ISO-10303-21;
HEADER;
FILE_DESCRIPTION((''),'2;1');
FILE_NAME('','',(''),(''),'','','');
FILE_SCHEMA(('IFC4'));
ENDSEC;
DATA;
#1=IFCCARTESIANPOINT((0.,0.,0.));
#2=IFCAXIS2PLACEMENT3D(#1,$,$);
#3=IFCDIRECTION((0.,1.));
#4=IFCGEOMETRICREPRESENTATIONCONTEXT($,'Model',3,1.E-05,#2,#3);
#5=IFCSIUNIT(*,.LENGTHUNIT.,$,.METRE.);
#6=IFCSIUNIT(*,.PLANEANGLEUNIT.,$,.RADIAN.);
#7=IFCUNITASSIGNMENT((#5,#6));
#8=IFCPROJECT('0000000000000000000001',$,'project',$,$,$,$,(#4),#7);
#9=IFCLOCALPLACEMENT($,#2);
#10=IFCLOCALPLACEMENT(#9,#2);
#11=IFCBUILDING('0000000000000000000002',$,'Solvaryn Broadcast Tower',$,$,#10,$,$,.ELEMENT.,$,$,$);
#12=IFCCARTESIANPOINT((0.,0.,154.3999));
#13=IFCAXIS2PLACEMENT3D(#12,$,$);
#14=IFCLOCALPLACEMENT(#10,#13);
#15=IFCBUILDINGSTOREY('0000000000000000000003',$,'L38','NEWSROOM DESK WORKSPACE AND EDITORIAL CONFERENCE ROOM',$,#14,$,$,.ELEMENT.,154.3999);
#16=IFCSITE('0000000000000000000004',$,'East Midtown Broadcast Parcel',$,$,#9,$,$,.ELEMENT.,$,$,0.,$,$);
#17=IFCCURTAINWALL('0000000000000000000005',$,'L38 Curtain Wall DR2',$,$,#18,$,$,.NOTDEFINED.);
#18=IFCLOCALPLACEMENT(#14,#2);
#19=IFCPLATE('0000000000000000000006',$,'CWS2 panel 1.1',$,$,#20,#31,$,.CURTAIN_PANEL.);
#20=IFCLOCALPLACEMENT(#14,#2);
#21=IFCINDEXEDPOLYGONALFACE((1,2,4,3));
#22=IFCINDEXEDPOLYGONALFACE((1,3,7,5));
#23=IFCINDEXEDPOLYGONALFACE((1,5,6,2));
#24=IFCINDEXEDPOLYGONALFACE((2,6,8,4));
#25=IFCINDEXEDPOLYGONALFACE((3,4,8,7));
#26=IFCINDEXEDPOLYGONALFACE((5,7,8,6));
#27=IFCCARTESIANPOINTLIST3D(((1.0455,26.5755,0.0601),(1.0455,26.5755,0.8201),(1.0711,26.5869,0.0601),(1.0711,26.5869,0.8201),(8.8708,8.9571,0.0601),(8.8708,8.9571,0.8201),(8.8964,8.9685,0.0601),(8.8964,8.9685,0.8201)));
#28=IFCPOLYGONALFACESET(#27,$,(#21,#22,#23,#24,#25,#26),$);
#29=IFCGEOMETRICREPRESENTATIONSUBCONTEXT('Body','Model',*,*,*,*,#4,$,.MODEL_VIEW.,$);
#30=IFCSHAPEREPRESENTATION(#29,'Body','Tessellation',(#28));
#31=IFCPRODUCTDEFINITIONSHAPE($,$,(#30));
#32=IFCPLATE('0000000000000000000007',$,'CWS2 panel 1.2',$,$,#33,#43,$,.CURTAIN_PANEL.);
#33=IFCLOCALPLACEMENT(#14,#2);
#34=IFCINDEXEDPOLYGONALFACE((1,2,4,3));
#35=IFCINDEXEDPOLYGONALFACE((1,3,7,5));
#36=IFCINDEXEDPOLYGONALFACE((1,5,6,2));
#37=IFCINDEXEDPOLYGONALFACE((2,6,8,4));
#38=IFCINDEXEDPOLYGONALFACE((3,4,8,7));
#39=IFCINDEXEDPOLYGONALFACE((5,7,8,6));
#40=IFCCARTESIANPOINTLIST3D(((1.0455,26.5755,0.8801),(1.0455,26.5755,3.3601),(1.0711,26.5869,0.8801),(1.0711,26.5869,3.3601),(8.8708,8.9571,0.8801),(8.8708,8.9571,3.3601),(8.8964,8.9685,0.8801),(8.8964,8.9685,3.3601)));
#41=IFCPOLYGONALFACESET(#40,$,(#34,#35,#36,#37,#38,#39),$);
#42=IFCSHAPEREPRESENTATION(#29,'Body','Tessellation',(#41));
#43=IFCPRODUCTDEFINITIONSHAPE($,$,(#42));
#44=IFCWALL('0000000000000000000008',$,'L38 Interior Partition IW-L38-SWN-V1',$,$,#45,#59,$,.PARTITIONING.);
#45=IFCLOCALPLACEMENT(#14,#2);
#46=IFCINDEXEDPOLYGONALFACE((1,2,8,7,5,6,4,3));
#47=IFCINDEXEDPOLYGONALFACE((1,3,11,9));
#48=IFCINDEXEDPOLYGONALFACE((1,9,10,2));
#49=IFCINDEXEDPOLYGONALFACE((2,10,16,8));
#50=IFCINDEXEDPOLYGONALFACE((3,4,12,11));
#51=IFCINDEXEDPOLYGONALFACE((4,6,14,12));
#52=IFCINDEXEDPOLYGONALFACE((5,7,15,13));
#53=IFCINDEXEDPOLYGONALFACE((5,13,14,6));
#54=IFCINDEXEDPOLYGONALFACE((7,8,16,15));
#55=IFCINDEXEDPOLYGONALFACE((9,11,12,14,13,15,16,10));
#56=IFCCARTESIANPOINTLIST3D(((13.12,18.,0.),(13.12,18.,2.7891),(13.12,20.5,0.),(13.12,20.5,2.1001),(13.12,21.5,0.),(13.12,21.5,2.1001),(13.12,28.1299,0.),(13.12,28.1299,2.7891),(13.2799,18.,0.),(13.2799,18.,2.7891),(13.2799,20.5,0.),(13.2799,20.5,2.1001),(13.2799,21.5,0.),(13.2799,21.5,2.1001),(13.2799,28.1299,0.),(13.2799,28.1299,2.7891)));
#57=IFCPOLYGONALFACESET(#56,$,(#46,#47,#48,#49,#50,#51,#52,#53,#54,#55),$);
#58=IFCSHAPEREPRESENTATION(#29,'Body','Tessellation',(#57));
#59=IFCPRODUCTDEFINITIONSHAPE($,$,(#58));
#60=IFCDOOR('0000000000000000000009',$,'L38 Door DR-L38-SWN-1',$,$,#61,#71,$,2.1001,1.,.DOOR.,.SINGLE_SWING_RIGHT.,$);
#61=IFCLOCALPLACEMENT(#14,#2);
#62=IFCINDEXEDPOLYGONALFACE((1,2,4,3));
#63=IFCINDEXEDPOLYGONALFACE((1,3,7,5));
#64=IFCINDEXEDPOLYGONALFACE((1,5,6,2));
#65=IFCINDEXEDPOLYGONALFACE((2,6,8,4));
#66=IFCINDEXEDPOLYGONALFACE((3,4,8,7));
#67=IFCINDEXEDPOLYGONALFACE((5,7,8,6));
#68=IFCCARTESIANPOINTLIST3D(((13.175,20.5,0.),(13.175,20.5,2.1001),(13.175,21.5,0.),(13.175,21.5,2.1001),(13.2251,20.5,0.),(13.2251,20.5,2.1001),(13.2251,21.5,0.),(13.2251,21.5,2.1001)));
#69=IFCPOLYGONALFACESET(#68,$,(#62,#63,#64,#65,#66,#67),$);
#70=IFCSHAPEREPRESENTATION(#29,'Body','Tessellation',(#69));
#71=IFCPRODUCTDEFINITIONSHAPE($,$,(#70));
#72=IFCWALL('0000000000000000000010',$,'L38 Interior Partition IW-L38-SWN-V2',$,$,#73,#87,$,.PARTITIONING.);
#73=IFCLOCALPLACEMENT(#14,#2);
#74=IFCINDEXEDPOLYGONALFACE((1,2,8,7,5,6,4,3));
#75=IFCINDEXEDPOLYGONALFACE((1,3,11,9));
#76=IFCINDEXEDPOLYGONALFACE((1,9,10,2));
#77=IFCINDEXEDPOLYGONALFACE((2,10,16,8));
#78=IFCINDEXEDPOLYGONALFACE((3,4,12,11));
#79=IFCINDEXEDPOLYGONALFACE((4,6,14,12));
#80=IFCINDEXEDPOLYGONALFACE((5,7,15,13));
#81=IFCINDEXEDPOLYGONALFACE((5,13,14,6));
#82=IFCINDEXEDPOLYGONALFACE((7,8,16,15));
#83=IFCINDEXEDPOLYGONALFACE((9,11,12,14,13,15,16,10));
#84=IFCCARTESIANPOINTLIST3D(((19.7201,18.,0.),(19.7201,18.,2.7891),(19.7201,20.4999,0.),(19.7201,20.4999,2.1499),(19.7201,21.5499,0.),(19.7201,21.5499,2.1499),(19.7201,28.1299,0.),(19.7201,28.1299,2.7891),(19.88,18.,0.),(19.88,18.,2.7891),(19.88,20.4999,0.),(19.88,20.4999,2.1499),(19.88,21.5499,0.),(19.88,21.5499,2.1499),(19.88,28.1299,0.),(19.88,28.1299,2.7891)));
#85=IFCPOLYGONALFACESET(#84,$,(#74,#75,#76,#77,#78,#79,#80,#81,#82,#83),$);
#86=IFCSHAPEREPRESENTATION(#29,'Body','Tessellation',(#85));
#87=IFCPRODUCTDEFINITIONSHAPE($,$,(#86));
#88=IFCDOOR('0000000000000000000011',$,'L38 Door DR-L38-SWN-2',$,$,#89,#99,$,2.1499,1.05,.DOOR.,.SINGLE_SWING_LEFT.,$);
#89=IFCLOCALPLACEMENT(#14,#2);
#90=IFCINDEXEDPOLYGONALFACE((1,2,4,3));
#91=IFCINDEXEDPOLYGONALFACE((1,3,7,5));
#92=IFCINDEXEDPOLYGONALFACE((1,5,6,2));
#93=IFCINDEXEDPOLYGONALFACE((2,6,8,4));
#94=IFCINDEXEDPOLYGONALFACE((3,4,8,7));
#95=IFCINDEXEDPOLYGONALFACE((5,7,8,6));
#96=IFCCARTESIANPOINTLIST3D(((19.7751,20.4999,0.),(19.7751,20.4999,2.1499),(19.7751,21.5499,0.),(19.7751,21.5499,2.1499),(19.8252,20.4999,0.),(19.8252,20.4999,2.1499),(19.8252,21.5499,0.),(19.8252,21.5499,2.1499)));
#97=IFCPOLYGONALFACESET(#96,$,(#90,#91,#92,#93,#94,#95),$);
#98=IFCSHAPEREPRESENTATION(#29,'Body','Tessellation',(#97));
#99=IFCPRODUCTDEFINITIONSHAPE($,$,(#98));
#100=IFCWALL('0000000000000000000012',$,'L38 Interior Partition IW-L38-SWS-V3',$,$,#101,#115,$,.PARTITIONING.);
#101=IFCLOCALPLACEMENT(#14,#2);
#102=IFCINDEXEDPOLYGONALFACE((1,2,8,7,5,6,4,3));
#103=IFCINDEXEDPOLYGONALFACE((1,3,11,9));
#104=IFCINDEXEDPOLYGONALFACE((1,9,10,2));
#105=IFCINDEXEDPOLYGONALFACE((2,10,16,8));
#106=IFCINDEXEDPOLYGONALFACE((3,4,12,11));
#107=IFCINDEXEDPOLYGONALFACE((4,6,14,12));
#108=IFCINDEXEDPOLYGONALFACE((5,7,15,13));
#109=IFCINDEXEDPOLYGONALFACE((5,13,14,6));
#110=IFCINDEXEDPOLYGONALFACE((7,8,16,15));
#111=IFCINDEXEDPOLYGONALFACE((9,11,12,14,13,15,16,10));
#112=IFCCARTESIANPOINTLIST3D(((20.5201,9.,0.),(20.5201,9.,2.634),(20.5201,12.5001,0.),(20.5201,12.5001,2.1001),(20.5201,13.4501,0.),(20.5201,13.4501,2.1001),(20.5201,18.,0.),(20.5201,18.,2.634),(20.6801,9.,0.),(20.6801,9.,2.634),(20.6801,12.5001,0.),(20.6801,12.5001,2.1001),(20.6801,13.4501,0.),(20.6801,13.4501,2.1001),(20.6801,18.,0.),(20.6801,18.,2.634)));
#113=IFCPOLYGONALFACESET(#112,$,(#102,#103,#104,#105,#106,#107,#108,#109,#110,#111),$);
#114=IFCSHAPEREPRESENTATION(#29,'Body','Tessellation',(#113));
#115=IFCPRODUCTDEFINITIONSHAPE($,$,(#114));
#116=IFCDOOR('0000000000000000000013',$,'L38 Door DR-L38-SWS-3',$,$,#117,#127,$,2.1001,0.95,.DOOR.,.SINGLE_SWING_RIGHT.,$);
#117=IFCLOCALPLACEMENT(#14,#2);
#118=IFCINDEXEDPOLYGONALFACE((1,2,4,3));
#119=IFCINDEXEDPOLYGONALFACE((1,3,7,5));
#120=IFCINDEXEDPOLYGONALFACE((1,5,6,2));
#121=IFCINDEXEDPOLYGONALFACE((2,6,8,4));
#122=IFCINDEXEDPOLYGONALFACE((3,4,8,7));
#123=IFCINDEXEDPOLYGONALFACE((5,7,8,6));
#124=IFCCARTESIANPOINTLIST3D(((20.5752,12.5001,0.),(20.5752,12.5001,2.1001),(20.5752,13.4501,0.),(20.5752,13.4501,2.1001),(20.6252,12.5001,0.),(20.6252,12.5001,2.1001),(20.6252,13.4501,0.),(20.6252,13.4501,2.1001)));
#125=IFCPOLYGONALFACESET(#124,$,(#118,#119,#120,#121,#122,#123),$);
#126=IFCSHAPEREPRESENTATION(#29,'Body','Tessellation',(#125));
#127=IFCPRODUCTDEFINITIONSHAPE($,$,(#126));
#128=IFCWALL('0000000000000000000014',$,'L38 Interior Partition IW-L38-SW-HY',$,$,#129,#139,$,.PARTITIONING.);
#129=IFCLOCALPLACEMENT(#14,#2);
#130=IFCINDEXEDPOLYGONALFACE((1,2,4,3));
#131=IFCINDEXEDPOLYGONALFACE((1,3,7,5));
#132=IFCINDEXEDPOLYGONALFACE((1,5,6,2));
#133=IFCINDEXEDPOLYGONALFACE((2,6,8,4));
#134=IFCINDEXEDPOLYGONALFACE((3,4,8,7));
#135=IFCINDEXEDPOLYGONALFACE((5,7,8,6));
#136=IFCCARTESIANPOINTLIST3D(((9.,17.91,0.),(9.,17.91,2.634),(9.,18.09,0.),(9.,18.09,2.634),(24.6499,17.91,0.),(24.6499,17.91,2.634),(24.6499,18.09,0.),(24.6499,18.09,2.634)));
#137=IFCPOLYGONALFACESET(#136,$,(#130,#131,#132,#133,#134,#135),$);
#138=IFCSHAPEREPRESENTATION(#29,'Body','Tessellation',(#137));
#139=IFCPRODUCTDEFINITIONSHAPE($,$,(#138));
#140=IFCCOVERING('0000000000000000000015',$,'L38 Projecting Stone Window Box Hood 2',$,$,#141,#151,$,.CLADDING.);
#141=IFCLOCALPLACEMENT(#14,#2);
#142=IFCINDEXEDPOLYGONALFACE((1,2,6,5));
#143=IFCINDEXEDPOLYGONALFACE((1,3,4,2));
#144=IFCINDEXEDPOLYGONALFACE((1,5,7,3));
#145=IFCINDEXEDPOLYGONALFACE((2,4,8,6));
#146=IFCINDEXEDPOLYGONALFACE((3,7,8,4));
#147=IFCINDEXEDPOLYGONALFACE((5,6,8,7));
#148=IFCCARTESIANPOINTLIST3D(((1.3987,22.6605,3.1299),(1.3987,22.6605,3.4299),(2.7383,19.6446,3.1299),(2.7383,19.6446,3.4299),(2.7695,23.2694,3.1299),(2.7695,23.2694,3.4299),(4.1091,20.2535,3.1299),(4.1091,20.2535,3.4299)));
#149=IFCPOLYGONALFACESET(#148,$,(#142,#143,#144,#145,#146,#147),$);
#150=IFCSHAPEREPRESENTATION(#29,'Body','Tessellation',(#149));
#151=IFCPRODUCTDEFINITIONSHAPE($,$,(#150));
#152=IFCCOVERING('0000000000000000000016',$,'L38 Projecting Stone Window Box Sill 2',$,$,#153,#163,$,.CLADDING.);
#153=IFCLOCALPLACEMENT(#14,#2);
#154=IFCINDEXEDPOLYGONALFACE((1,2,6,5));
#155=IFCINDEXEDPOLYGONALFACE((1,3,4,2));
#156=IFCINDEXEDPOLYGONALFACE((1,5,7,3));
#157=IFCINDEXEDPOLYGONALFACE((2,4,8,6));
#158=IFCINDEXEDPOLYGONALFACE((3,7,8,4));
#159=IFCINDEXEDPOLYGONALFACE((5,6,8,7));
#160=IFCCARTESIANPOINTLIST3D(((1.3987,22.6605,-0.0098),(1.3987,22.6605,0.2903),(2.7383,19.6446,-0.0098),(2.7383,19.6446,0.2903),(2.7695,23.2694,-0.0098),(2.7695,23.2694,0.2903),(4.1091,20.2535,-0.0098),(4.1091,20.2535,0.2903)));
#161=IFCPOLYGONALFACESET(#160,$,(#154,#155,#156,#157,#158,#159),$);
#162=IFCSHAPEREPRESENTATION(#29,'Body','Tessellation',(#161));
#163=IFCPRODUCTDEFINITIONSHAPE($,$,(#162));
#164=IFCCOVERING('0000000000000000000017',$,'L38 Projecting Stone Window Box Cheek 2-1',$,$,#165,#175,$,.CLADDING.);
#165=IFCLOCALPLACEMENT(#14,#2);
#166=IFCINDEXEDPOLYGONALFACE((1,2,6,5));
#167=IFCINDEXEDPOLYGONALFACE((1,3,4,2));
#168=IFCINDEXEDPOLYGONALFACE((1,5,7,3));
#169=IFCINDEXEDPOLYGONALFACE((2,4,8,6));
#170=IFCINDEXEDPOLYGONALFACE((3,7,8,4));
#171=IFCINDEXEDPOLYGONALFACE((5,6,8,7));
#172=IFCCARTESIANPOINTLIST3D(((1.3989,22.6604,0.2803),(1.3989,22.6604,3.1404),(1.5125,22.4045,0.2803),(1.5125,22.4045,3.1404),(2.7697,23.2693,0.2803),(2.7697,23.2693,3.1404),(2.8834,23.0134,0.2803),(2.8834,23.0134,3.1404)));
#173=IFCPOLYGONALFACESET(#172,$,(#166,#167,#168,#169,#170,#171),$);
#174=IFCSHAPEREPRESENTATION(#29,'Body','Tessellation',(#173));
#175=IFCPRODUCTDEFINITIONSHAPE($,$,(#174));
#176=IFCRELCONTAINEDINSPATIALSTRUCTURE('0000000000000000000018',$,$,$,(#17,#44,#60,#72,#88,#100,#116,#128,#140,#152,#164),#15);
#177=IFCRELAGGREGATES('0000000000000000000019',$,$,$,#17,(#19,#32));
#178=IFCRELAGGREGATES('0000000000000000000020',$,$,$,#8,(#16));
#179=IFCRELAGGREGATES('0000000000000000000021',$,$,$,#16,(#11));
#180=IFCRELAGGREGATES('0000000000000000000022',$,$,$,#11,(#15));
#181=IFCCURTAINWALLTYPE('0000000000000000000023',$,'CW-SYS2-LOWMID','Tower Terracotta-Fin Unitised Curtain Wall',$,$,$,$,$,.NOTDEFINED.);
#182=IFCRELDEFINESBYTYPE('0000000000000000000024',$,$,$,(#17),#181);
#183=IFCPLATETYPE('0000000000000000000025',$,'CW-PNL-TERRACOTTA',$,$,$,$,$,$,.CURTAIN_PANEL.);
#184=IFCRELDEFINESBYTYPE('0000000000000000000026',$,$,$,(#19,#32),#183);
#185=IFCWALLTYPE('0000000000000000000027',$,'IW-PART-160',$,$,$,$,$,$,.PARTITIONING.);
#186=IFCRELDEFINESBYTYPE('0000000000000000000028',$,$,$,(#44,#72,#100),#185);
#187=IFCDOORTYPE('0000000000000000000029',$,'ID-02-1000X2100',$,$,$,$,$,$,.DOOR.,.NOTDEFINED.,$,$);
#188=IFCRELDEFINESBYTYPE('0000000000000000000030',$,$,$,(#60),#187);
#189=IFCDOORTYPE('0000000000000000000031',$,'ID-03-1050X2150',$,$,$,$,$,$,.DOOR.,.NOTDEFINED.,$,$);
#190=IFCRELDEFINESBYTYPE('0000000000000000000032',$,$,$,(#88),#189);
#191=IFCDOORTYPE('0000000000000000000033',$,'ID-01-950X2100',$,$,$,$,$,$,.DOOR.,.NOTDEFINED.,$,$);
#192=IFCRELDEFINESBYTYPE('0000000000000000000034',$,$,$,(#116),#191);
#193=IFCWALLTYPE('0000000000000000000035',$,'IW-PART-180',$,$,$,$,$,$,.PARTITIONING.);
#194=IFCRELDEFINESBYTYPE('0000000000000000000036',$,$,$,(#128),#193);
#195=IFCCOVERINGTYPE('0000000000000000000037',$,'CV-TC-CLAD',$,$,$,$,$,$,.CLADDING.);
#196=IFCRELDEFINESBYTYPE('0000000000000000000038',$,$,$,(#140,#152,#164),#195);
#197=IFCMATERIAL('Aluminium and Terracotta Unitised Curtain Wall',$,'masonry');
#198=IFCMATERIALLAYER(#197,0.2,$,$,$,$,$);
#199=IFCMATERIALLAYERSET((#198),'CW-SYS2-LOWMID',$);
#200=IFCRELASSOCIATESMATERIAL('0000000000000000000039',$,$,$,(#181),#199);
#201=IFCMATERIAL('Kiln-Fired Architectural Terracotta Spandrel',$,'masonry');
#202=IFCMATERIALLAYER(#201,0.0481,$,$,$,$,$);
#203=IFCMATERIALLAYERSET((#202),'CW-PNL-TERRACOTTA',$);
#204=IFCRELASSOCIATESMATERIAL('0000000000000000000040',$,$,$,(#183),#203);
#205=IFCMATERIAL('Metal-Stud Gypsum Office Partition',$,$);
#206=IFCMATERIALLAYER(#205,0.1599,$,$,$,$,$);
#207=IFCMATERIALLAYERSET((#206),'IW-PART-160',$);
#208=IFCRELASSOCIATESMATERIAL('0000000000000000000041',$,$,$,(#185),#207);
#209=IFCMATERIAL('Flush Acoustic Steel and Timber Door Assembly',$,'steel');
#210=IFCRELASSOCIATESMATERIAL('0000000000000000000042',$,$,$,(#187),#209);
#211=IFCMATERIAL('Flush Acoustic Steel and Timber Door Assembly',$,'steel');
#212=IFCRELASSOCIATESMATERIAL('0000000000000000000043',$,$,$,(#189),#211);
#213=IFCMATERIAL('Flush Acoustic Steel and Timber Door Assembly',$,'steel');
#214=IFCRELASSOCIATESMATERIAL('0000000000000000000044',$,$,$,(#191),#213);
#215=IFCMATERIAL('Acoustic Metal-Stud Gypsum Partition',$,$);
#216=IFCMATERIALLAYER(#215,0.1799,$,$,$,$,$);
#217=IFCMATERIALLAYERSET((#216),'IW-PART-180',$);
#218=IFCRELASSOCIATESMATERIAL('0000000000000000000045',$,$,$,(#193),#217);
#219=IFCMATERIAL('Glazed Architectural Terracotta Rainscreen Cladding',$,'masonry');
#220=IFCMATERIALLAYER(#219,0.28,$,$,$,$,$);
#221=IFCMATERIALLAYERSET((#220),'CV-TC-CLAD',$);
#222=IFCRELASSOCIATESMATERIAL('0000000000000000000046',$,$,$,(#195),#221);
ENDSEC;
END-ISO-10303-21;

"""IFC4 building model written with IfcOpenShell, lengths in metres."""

from ifc_helpers import new_model, si_unit, direction, frame, frame_2d, origin, origin_2d, place, context, subcontext, project, spatial, rectangle, extrude, material, layer, layer_set, type_object, element, fill, aggregate, save


model = new_model("IFC4")

# Units and contexts
model_context = context("Model", 3, precision=1e-05, world=origin(), true_north=direction((0.0, 1.0)))
body_context = subcontext(model_context, "Body", "Model", "MODEL_VIEW")
ifc_project = project(units=[si_unit("LENGTHUNIT", "METRE"), si_unit("PLANEANGLEUNIT", "RADIAN")], contexts=[model_context])

# Site, building, storey
site_placement = place(None, origin())
site = spatial("IfcSite", under=ifc_project, at=site_placement, Name="East Midtown Broadcast Parcel", CompositionType="ELEMENT", RefElevation=0.0)
building_placement = place(site_placement, origin())
building = spatial("IfcBuilding", under=site, at=building_placement, Name="Solvaryn Broadcast Tower", CompositionType="ELEMENT")
storey_placement = place(building_placement, frame((0.0, 0.0, 154.3999)))
storey = spatial("IfcBuildingStorey", under=building, at=storey_placement, Name="L38", Description="NEWSROOM DESK WORKSPACE AND EDITORIAL CONFERENCE ROOM", CompositionType="ELEMENT", Elevation=154.3999)

# Curtain wall, plates
ifc_material_1 = material(Name="Aluminium and Terracotta Unitised Curtain Wall", Category="masonry")
ifc_layer_1 = layer(ifc_material_1, 0.2)
ifc_layer_set_1 = layer_set([ifc_layer_1], Name="CW-SYS2-LOWMID")
curtain_wall_type = type_object("IfcCurtainWallType", Name="CW-SYS2-LOWMID", Description="Tower Terracotta-Fin Unitised Curtain Wall", PredefinedType="NOTDEFINED", material=ifc_layer_set_1)
curtain_wall_placement = place(storey_placement, origin())
curtain_wall = element("IfcCurtainWall", 1, at=curtain_wall_placement, inside=storey, type_object=curtain_wall_type, Name="L38 Curtain Wall DR2", PredefinedType="NOTDEFINED")
ifc_material_2 = material(Name="Kiln-Fired Architectural Terracotta Spandrel", Category="masonry")
ifc_layer_2 = layer(ifc_material_2, 0.0481)
ifc_layer_set_2 = layer_set([ifc_layer_2], Name="CW-PNL-TERRACOTTA")
plate_type = type_object("IfcPlateType", Name="CW-PNL-TERRACOTTA", PredefinedType="CURTAIN_PANEL", material=ifc_layer_set_2)
plate_1_placement = place(storey_placement, frame((4.9709, 17.772, 0.0601), z_axis=(0.0, 0.0, 1.0), x_axis=(0.405918, -0.913909, 0.0)))
plate_1 = element("IfcPlate", 2, at=plate_1_placement, type_object=plate_type, Name="CWS2 panel 1.1", PredefinedType="CURTAIN_PANEL", context=body_context, shape_type="SweptSolid", body=[
    extrude(rectangle(XDim=19.2781, YDim=0.0281, at=origin_2d()), origin(), (0.0, 0.0, 1.0), 0.76),
])
plate_2_placement = place(storey_placement, frame((4.9709, 17.772, 0.8801), z_axis=(0.0, 0.0, 1.0), x_axis=(0.405918, -0.913909, 0.0)))
plate_2 = element("IfcPlate", 3, at=plate_2_placement, type_object=plate_type, Name="CWS2 panel 1.2", PredefinedType="CURTAIN_PANEL", context=body_context, shape_type="SweptSolid", body=[
    extrude(rectangle(XDim=19.2781, YDim=0.0281, at=origin_2d()), origin(), (0.0, 0.0, 1.0), 2.48),
])
aggregate(curtain_wall, [plate_1, plate_2])

# Walls, openings, doors
ifc_material_3 = material(Name="Metal-Stud Gypsum Office Partition")
ifc_layer_3 = layer(ifc_material_3, 0.1599)
ifc_layer_set_3 = layer_set([ifc_layer_3], Name="IW-PART-160")
wall_type_1 = type_object("IfcWallType", Name="IW-PART-160", PredefinedType="PARTITIONING", material=ifc_layer_set_3)
wall_1_placement = place(storey_placement, frame((13.2, 18.0, 0.0), z_axis=(0.0, 0.0, 1.0), x_axis=(0.0, 1.0, 0.0)))
wall_1 = element("IfcWall", 4, at=wall_1_placement, inside=storey, type_object=wall_type_1, Name="L38 Interior Partition IW-L38-SWN-V1", PredefinedType="PARTITIONING", context=body_context, shape_type="SweptSolid", body=[
    extrude(rectangle(XDim=10.1299, YDim=0.1599, at=frame_2d((5.0649, 0.0))), origin(), (0.0, 0.0, 1.0), 2.7891),
])
opening_1_placement = place(wall_1_placement, frame((2.5, 0.0, 0.0)))
opening_1 = element("IfcOpeningElement", 5, at=opening_1_placement, cuts=wall_1, PredefinedType="OPENING", context=body_context, shape_type="SweptSolid", body=[
    extrude(rectangle(XDim=1.0, YDim=2.1001, at=frame_2d((0.5, 1.05))), frame((0.0, 0.0901, 0.0), z_axis=(0.0, -1.0, 0.0), x_axis=(1.0, 0.0, 0.0)), (0.0, 0.0, 1.0), 0.1799),
])
ifc_material_4 = material(Name="Flush Acoustic Steel and Timber Door Assembly", Category="steel")
door_type_1 = type_object("IfcDoorType", Name="ID-02-1000X2100", OperationType="NOTDEFINED", PredefinedType="DOOR", material=ifc_material_4)
door_1_placement = place(opening_1_placement, origin())
door_1 = element("IfcDoor", 6, at=door_1_placement, inside=storey, type_object=door_type_1, Name="L38 Door DR-L38-SWN-1", OperationType="SINGLE_SWING_RIGHT", OverallHeight=2.1001, OverallWidth=1.0, PredefinedType="DOOR", context=body_context, shape_type="SweptSolid", body=[
    extrude(rectangle(XDim=1.0, YDim=2.1001, at=frame_2d((0.5, 1.05))), frame((0.0, 0.0249, 0.0), z_axis=(0.0, -1.0, 0.0), x_axis=(1.0, 0.0, 0.0)), (0.0, 0.0, 1.0), 0.05),
])
fill(opening_1, door_1)
wall_2_placement = place(storey_placement, frame((19.8, 18.0, 0.0), z_axis=(0.0, 0.0, 1.0), x_axis=(0.0, 1.0, 0.0)))
wall_2 = element("IfcWall", 7, at=wall_2_placement, inside=storey, type_object=wall_type_1, Name="L38 Interior Partition IW-L38-SWN-V2", PredefinedType="PARTITIONING", context=body_context, shape_type="SweptSolid", body=[
    extrude(rectangle(XDim=10.1299, YDim=0.1599, at=frame_2d((5.0649, 0.0))), origin(), (0.0, 0.0, 1.0), 2.7891),
])
opening_2_placement = place(wall_2_placement, frame((2.5, 0.0, 0.0)))
opening_2 = element("IfcOpeningElement", 8, at=opening_2_placement, cuts=wall_2, PredefinedType="OPENING", context=body_context, shape_type="SweptSolid", body=[
    extrude(rectangle(XDim=1.05, YDim=2.1499, at=frame_2d((0.5249, 1.075))), frame((0.0, 0.0901, 0.0), z_axis=(0.0, -1.0, 0.0), x_axis=(1.0, 0.0, 0.0)), (0.0, 0.0, 1.0), 0.1799),
])
ifc_material_5 = material(Name="Flush Acoustic Steel and Timber Door Assembly", Category="steel")
door_type_2 = type_object("IfcDoorType", Name="ID-03-1050X2150", OperationType="NOTDEFINED", PredefinedType="DOOR", material=ifc_material_5)
door_2_placement = place(opening_2_placement, origin())
door_2 = element("IfcDoor", 9, at=door_2_placement, inside=storey, type_object=door_type_2, Name="L38 Door DR-L38-SWN-2", OperationType="SINGLE_SWING_LEFT", OverallHeight=2.1499, OverallWidth=1.05, PredefinedType="DOOR", context=body_context, shape_type="SweptSolid", body=[
    extrude(rectangle(XDim=1.05, YDim=2.1499, at=frame_2d((0.5249, 1.075))), frame((0.0, 0.0249, 0.0), z_axis=(0.0, -1.0, 0.0), x_axis=(1.0, 0.0, 0.0)), (0.0, 0.0, 1.0), 0.05),
])
fill(opening_2, door_2)
wall_3_placement = place(storey_placement, frame((20.6001, 9.0, 0.0), z_axis=(0.0, 0.0, 1.0), x_axis=(0.0, 1.0, 0.0)))
wall_3 = element("IfcWall", 10, at=wall_3_placement, inside=storey, type_object=wall_type_1, Name="L38 Interior Partition IW-L38-SWS-V3", PredefinedType="PARTITIONING", context=body_context, shape_type="SweptSolid", body=[
    extrude(rectangle(XDim=9.0, YDim=0.1599, at=frame_2d((4.5, 0.0))), origin(), (0.0, 0.0, 1.0), 2.634),
])
opening_3_placement = place(wall_3_placement, frame((3.5, 0.0, 0.0)))
opening_3 = element("IfcOpeningElement", 11, at=opening_3_placement, cuts=wall_3, PredefinedType="OPENING", context=body_context, shape_type="SweptSolid", body=[
    extrude(rectangle(XDim=0.95, YDim=2.1001, at=frame_2d((0.4751, 1.05))), frame((0.0, 0.0901, 0.0), z_axis=(0.0, -1.0, 0.0), x_axis=(1.0, 0.0, 0.0)), (0.0, 0.0, 1.0), 0.1799),
])
ifc_material_6 = material(Name="Flush Acoustic Steel and Timber Door Assembly", Category="steel")
door_type_3 = type_object("IfcDoorType", Name="ID-01-950X2100", OperationType="NOTDEFINED", PredefinedType="DOOR", material=ifc_material_6)
door_3_placement = place(opening_3_placement, origin())
door_3 = element("IfcDoor", 12, at=door_3_placement, inside=storey, type_object=door_type_3, Name="L38 Door DR-L38-SWS-3", OperationType="SINGLE_SWING_RIGHT", OverallHeight=2.1001, OverallWidth=0.95, PredefinedType="DOOR", context=body_context, shape_type="SweptSolid", body=[
    extrude(rectangle(XDim=0.95, YDim=2.1001, at=frame_2d((0.4751, 1.05))), frame((0.0, 0.0249, 0.0), z_axis=(0.0, -1.0, 0.0), x_axis=(1.0, 0.0, 0.0)), (0.0, 0.0, 1.0), 0.05),
])
fill(opening_3, door_3)

# Wall
ifc_material_7 = material(Name="Acoustic Metal-Stud Gypsum Partition")
ifc_layer_4 = layer(ifc_material_7, 0.1799)
ifc_layer_set_4 = layer_set([ifc_layer_4], Name="IW-PART-180")
wall_type_2 = type_object("IfcWallType", Name="IW-PART-180", PredefinedType="PARTITIONING", material=ifc_layer_set_4)
wall_4_placement = place(storey_placement, frame((9.0, 18.0, 0.0), z_axis=(0.0, 0.0, 1.0), x_axis=(1.0, 0.0, 0.0)))
element("IfcWall", 13, at=wall_4_placement, inside=storey, type_object=wall_type_2, Name="L38 Interior Partition IW-L38-SW-HY", PredefinedType="PARTITIONING", context=body_context, shape_type="SweptSolid", body=[
    extrude(rectangle(XDim=15.6499, YDim=0.1799, at=frame_2d((7.825, 0.0))), origin(), (0.0, 0.0, 1.0), 2.634),
])

# Coverings
ifc_material_8 = material(Name="Glazed Architectural Terracotta Rainscreen Cladding", Category="masonry")
ifc_layer_5 = layer(ifc_material_8, 0.28)
ifc_layer_set_5 = layer_set([ifc_layer_5], Name="CV-TC-CLAD")
covering_type_1 = type_object("IfcCoveringType", Name="CV-TC-CLAD", PredefinedType="CLADDING", material=ifc_layer_set_5)
for number, where, z_axis, x_axis, name in (
    (14, (2.7539, 21.457, 3.1299), (0.0, 0.0, 1.0), (0.405939, -0.9139, 0.0), "L38 Projecting Stone Window Box Hood 2"),
    (15, (2.7539, 21.457, -0.0098), (0.0, 0.0, 1.0), (0.405939, -0.9139, 0.0), "L38 Projecting Stone Window Box Sill 2"),
):
    element("IfcCovering", number, at=place(storey_placement, frame(where, z_axis=z_axis, x_axis=x_axis)), inside=storey, type_object=covering_type_1, Name=name, PredefinedType="CLADDING", context=body_context, shape_type="SweptSolid", body=[
        extrude(rectangle(XDim=3.3, YDim=1.5, at=origin_2d()), origin(), (0.0, 0.0, 1.0), 0.3),
    ])
for number, where, z_axis, x_axis, name in (
    (16, (2.1411, 22.8369, 0.2803), (0.0, 0.0, 1.0), (0.405939, -0.9139, 0.0), "L38 Projecting Stone Window Box Cheek 2-1"),
):
    element("IfcCovering", number, at=place(storey_placement, frame(where, z_axis=z_axis, x_axis=x_axis)), inside=storey, type_object=covering_type_1, Name=name, PredefinedType="CLADDING", context=body_context, shape_type="SweptSolid", body=[
        extrude(rectangle(XDim=0.28, YDim=1.5, at=origin_2d()), origin(), (0.0, 0.0, 1.0), 2.8601),
    ])

save(model, "model.ifc")
